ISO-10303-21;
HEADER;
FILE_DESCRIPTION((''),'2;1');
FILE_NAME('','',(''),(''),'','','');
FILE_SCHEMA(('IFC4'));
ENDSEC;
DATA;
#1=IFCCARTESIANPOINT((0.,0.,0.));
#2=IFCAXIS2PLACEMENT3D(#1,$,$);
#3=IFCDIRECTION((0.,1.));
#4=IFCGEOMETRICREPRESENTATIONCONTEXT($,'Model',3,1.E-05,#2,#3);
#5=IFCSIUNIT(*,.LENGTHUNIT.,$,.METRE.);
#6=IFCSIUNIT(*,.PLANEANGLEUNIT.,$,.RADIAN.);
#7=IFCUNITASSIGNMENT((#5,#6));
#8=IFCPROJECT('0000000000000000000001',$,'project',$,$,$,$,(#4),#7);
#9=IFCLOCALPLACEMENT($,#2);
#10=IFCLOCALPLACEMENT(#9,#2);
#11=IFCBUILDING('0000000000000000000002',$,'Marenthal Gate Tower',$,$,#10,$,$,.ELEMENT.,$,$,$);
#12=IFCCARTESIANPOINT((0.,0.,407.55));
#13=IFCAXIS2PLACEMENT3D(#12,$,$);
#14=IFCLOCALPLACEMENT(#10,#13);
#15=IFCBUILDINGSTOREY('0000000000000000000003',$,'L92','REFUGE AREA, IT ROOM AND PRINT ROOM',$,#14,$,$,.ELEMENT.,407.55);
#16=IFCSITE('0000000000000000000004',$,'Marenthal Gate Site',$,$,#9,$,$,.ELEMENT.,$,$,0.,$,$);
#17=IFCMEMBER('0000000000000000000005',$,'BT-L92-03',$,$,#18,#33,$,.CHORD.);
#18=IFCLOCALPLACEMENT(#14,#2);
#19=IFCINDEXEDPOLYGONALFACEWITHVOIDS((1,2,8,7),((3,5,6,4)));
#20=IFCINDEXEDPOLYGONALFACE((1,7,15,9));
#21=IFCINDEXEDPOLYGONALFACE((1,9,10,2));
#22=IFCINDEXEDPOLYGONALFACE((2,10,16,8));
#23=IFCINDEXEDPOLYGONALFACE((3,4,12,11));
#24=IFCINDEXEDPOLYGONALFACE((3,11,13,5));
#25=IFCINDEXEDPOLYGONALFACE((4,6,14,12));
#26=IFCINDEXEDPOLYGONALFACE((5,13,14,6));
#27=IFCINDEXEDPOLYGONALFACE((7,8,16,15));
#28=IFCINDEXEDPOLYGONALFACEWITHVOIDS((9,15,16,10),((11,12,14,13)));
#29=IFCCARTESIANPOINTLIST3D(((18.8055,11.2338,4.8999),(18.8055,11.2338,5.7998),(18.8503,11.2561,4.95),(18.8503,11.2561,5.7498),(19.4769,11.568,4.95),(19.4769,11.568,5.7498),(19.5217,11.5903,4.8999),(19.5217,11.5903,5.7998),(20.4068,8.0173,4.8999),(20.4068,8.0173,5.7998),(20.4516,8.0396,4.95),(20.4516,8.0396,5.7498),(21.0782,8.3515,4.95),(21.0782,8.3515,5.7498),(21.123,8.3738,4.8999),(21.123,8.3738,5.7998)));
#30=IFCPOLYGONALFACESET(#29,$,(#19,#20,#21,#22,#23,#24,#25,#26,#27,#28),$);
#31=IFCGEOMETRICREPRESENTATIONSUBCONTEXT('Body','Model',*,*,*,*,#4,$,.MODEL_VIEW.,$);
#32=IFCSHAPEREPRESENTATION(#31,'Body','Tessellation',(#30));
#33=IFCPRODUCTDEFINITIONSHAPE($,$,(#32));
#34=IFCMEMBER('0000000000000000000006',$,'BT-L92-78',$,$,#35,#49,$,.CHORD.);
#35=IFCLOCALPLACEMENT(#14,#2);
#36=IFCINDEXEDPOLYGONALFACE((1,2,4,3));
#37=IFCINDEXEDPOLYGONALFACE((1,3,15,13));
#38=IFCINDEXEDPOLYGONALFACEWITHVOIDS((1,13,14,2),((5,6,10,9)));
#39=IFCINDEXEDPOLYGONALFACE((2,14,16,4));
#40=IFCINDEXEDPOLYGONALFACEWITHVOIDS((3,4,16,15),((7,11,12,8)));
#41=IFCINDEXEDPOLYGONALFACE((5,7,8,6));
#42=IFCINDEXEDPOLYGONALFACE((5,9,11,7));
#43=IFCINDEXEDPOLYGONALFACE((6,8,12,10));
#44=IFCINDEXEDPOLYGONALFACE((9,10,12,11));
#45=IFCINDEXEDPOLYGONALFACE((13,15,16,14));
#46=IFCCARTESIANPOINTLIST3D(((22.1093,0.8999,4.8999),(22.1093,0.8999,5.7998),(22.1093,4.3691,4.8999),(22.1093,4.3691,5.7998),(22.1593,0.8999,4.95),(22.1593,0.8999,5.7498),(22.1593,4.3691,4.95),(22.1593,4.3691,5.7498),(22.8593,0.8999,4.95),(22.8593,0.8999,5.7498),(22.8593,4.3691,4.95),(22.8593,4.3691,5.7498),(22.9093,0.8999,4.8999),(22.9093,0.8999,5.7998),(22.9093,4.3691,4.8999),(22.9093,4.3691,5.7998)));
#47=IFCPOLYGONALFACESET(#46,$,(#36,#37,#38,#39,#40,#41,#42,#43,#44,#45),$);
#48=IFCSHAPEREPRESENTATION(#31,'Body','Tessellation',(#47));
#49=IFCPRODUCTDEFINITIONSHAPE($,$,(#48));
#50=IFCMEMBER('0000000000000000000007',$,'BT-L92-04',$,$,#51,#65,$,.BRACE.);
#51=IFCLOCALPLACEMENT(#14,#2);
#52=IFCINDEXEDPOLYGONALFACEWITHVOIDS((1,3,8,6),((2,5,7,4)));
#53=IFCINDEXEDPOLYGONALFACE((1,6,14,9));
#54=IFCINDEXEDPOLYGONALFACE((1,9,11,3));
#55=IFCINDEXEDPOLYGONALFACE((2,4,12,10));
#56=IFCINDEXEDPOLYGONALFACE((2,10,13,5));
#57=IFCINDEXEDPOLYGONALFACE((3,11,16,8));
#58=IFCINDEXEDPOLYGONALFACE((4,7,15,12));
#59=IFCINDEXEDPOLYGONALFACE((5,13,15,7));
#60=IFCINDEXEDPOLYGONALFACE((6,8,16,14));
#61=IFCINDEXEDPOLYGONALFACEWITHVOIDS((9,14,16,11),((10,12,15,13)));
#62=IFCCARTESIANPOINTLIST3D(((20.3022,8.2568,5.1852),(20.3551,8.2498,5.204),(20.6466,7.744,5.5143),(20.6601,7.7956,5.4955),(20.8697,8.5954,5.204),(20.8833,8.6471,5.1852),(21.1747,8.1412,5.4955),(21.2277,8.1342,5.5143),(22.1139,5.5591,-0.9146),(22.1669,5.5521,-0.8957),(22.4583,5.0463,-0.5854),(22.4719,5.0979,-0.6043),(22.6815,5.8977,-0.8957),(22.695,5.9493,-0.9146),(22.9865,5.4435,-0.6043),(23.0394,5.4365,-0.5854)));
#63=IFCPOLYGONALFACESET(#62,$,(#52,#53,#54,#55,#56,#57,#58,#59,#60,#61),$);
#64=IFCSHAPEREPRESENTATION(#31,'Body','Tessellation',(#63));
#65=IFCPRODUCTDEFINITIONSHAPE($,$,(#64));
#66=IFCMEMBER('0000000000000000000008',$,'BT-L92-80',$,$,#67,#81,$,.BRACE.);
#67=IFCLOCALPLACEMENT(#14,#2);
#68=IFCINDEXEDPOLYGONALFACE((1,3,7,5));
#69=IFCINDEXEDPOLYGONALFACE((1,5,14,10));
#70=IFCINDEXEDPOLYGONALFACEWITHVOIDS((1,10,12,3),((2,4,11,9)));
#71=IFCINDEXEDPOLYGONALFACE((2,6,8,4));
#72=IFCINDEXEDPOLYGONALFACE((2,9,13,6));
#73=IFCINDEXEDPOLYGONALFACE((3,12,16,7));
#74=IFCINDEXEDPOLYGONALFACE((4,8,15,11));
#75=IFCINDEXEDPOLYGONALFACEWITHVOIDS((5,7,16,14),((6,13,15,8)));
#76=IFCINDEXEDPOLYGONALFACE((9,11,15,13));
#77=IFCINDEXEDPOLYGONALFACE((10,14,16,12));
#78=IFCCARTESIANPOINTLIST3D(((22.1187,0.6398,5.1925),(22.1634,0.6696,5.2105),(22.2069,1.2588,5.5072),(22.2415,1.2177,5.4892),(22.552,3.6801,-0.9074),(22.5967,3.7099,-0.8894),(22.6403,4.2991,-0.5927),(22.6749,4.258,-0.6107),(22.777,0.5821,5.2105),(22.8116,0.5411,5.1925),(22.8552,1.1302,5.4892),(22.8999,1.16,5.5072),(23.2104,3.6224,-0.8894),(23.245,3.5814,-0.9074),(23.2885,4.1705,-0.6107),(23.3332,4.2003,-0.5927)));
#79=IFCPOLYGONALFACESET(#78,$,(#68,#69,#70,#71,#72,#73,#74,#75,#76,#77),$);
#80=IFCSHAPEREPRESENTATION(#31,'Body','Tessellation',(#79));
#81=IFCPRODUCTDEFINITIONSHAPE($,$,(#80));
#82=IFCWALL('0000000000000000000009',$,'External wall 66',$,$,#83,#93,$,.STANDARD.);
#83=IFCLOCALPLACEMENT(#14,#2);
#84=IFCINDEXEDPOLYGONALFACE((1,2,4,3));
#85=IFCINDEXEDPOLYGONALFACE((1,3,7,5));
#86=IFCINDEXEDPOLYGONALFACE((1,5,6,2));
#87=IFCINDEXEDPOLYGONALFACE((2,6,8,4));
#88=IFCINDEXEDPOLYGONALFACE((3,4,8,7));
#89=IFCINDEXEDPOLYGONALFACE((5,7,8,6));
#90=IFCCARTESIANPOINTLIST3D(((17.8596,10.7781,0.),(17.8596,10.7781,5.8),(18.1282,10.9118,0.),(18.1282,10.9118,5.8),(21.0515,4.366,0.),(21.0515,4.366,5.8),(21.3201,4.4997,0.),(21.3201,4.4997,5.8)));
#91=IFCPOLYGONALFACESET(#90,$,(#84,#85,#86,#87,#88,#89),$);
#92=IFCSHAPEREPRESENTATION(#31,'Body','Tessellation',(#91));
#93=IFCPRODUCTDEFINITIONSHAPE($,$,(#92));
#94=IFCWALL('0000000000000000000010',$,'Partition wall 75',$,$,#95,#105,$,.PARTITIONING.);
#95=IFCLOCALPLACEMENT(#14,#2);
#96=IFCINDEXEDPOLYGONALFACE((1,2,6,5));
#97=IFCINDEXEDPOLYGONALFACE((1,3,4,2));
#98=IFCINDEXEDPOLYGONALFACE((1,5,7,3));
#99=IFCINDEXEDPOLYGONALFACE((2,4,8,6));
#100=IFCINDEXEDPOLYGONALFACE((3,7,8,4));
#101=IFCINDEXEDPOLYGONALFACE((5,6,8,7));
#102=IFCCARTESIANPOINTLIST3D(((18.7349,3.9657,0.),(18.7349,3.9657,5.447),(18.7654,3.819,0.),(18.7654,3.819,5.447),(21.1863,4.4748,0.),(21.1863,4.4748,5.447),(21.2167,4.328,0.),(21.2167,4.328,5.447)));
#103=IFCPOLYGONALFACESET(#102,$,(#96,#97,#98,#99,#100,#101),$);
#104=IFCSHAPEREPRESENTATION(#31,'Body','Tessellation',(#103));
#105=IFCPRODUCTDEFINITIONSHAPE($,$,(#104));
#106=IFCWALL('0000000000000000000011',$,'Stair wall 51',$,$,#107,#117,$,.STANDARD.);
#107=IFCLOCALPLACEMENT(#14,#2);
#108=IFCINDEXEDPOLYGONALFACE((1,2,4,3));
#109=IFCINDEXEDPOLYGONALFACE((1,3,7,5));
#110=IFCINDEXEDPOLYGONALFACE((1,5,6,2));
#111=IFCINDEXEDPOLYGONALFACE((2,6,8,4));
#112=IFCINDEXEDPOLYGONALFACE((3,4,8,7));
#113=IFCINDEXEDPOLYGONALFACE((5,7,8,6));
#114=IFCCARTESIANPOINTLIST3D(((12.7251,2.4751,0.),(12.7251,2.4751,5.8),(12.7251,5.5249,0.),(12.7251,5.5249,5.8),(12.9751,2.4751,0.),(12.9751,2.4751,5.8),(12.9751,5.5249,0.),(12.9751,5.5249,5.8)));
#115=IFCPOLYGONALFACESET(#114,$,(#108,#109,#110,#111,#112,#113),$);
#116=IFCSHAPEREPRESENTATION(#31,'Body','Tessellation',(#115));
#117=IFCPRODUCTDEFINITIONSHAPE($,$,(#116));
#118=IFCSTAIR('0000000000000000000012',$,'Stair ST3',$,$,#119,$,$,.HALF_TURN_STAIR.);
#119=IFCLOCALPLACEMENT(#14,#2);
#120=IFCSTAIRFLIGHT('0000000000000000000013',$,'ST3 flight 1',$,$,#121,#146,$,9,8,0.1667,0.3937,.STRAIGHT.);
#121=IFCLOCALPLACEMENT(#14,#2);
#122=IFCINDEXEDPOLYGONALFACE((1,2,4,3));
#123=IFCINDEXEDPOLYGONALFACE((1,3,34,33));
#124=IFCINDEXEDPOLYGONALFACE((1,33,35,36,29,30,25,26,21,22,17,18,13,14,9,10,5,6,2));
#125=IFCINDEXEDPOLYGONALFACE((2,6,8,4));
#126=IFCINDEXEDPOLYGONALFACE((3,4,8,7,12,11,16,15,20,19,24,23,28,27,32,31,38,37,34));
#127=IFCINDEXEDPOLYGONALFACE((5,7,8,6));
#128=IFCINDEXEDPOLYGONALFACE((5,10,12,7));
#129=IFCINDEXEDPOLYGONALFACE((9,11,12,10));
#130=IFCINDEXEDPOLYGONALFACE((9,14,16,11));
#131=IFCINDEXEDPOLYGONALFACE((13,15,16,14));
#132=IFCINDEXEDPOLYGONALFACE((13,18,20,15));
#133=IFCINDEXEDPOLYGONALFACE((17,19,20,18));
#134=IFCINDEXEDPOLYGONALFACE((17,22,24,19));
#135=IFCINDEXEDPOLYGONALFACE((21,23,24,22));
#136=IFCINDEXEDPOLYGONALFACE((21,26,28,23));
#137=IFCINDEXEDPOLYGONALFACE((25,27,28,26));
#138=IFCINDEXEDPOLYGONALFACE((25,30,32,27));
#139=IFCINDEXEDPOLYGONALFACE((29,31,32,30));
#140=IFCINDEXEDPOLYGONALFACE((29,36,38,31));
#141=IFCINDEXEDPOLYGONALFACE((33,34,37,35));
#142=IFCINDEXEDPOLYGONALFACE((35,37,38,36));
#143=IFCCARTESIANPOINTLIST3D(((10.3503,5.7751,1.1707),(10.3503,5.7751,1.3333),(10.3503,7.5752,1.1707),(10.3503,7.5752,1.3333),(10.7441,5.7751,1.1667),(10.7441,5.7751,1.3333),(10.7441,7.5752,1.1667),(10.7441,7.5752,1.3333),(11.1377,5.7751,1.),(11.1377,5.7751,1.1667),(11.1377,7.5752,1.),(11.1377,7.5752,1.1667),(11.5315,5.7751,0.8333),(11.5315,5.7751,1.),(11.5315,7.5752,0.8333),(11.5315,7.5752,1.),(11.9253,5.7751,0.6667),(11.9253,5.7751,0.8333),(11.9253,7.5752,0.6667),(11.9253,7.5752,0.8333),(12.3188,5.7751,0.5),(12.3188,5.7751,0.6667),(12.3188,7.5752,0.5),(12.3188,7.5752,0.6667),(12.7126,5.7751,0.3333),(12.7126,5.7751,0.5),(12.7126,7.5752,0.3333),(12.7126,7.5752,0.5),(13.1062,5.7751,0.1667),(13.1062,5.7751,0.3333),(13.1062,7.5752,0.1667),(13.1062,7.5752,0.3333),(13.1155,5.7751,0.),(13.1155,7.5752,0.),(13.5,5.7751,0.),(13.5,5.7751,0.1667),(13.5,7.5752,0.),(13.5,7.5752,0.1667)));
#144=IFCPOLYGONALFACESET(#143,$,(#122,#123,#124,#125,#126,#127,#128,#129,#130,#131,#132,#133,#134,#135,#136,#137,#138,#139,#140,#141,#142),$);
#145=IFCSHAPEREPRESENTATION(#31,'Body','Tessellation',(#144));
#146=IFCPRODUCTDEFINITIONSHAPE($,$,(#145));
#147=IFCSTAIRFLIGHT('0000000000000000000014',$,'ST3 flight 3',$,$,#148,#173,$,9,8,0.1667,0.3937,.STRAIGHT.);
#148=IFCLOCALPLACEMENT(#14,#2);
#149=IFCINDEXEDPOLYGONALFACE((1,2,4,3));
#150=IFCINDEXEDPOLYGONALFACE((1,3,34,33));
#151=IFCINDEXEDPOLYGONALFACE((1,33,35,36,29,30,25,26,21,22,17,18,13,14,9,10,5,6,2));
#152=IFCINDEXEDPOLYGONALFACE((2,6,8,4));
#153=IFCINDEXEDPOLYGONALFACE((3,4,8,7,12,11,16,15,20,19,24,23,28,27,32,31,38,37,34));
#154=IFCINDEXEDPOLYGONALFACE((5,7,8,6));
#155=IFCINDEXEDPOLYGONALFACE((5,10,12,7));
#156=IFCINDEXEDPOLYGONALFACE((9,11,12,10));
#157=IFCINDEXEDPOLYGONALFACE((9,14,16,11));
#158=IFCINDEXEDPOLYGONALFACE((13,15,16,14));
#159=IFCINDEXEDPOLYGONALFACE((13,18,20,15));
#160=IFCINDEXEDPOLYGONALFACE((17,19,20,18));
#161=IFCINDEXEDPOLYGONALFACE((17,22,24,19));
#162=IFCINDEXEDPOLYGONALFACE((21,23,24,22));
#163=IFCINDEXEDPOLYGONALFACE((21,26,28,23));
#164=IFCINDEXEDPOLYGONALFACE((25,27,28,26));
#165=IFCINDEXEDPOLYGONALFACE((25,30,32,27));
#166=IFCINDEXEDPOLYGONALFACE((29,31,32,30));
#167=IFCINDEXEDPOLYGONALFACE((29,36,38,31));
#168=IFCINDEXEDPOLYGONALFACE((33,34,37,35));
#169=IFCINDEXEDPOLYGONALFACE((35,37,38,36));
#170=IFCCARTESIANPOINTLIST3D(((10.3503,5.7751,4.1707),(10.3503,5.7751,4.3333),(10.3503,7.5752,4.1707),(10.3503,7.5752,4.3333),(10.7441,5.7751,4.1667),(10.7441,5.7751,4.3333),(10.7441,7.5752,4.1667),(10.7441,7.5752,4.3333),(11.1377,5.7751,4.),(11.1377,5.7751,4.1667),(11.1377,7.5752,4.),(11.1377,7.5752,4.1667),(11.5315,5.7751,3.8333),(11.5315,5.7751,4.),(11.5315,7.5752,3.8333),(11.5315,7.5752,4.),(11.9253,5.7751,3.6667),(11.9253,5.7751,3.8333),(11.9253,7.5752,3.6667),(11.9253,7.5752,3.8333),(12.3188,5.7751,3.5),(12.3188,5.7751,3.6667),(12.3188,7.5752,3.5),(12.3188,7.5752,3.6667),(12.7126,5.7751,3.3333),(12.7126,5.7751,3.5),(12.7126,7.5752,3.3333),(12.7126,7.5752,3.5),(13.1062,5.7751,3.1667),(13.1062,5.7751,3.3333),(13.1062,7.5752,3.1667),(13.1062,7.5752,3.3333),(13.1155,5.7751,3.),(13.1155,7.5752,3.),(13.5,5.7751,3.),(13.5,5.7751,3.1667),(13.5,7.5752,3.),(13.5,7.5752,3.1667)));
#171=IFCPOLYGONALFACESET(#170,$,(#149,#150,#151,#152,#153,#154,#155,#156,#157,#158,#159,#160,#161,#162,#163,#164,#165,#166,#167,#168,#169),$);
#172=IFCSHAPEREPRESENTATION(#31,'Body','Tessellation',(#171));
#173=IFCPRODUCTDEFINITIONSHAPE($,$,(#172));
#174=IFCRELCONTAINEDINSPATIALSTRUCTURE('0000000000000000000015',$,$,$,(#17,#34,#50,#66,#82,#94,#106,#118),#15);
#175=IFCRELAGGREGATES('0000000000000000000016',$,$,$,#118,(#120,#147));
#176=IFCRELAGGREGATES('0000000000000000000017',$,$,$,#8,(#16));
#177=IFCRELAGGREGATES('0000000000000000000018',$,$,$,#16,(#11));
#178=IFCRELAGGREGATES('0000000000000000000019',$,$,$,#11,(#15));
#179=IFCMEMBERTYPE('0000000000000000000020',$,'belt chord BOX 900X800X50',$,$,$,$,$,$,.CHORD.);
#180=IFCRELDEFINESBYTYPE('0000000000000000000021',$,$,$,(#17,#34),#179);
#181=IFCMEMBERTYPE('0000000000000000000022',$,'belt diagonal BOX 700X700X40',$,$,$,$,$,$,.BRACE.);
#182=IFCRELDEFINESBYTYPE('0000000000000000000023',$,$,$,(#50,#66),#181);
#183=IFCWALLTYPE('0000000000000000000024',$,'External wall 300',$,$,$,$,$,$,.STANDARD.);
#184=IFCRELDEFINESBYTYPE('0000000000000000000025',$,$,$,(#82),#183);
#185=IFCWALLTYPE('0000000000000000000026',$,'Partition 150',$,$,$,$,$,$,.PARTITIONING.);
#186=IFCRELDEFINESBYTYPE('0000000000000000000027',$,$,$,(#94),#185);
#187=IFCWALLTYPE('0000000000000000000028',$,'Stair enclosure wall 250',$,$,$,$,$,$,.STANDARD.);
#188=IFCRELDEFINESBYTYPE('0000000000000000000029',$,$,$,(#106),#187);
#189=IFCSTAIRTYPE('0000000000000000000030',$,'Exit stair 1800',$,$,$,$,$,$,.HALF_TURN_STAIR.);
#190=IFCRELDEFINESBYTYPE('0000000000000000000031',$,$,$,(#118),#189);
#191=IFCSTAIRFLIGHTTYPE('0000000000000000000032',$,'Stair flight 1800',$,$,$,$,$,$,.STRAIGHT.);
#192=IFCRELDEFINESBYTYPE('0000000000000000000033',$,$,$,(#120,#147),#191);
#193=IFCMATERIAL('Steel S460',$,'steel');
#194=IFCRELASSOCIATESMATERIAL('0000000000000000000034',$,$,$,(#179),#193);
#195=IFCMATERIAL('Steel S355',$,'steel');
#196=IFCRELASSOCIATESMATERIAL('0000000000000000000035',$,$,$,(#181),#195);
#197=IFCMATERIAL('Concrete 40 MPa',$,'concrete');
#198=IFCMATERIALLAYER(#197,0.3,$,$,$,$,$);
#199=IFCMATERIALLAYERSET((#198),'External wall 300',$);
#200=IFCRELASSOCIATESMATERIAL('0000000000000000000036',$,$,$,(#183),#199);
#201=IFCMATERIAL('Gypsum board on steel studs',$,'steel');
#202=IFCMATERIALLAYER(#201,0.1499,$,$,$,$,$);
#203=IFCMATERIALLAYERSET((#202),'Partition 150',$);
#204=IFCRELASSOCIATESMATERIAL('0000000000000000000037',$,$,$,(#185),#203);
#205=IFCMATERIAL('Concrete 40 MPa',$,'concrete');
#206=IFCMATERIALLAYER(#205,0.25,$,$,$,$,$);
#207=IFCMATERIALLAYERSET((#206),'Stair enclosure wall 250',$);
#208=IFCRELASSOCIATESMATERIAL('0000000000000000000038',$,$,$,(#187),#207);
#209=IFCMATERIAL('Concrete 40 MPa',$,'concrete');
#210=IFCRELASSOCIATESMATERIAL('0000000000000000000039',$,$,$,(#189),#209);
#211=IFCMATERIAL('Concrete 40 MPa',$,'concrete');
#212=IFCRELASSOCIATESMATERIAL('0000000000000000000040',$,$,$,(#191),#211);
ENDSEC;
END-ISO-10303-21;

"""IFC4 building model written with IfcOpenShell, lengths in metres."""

from ifc_helpers import new_model, si_unit, direction, frame, frame_2d, origin, origin_2d, place, context, subcontext, project, spatial, polyline, rectangle, hollow_rectangle, outline, extrude, material, layer, layer_set, material_profile, profile_set, type_object, element, aggregate, save


model = new_model("IFC4")

# Units and contexts
model_context = context("Model", 3, precision=1e-05, world=origin(), true_north=direction((0.0, 1.0)))
body_context = subcontext(model_context, "Body", "Model", "MODEL_VIEW")
ifc_project = project(units=[si_unit("LENGTHUNIT", "METRE"), si_unit("PLANEANGLEUNIT", "RADIAN")], contexts=[model_context])

# Site, building, storey
site_placement = place(None, origin())
site = spatial("IfcSite", under=ifc_project, at=site_placement, Name="Marenthal Gate Site", CompositionType="ELEMENT", RefElevation=0.0)
building_placement = place(site_placement, origin())
building = spatial("IfcBuilding", under=site, at=building_placement, Name="Marenthal Gate Tower", CompositionType="ELEMENT")
storey_placement = place(building_placement, frame((0.0, 0.0, 407.55)))
storey = spatial("IfcBuildingStorey", under=building, at=storey_placement, Name="L92", Description="REFUGE AREA, IT ROOM AND PRINT ROOM", CompositionType="ELEMENT", Elevation=407.55)

# Members
ifc_material_1 = material(Name="Steel S460", Category="steel")
ifc_material_profile_1 = material_profile(ifc_material_1, hollow_rectangle(XDim=0.8, YDim=0.8999, WallThickness=0.05, at=origin_2d()), Name="BOX 900X800X50")
ifc_profile_set_1 = profile_set([ifc_material_profile_1], Name="Steel S460")
member_type_1 = type_object("IfcMemberType", Name="belt chord BOX 900X800X50", PredefinedType="CHORD", material=ifc_profile_set_1)
for number, where, z_axis, x_axis, name in (
    (1, (20.7649, 8.1956, 5.3499), (-0.445664, 0.8952, 0.0), (-0.8952, -0.445664, 0.0), "BT-L92-03"),
):
    element("IfcMember", number, at=place(storey_placement, frame(where, z_axis=z_axis, x_axis=x_axis)), inside=storey, type_object=member_type_1, Name=name, PredefinedType="CHORD", context=body_context, shape_type="SweptSolid", body=[
        extrude(hollow_rectangle(XDim=0.8, YDim=0.8999, WallThickness=0.05, at=origin_2d()), origin(), (0.0, 0.0, 1.0), 3.593),
    ])
member_1_placement = place(storey_placement, frame((22.5093, 0.8999, 5.3499), z_axis=(0.0, 1.0, 0.0), x_axis=(-1.0, 0.0, 0.0)))
element("IfcMember", 2, at=member_1_placement, inside=storey, type_object=member_type_1, Name="BT-L92-78", PredefinedType="CHORD", context=body_context, shape_type="SweptSolid", body=[
    extrude(hollow_rectangle(XDim=0.8, YDim=0.8999, WallThickness=0.05, at=origin_2d()), origin(), (0.0, 0.0, 1.0), 3.4692),
])
ifc_material_2 = material(Name="Steel S355", Category="steel")
ifc_material_profile_2 = material_profile(ifc_material_2, hollow_rectangle(XDim=0.7, YDim=0.7, WallThickness=0.04, at=origin_2d()), Name="BOX 700X700X40")
ifc_profile_set_2 = profile_set([ifc_material_profile_2], Name="Steel S355")
member_type_2 = type_object("IfcMemberType", Name="belt diagonal BOX 700X700X40", PredefinedType="BRACE", material=ifc_profile_set_2)
member_2_placement = place(storey_placement, frame((22.5767, 5.4978, -0.75), z_axis=(-0.262139, 0.390329, 0.882568), x_axis=(-0.830162, -0.557523, 0.0)))
element("IfcMember", 3, at=member_2_placement, inside=storey, type_object=member_type_2, Name="BT-L92-04", PredefinedType="BRACE", context=body_context, shape_type="SweptSolid", body=[
    extrude(hollow_rectangle(XDim=0.7, YDim=0.7, WallThickness=0.04, at=origin_2d()), origin(), (0.0, 0.0, 1.0), 6.9114),
])
member_3_placement = place(storey_placement, frame((22.5093, 0.8999, 5.3499), z_axis=(0.063454, 0.445182, -0.893189), x_axis=(-0.989994, 0.14111, 0.0)))
element("IfcMember", 4, at=member_3_placement, inside=storey, type_object=member_type_2, Name="BT-L92-80", PredefinedType="BRACE", context=body_context, shape_type="SweptSolid", body=[
    extrude(hollow_rectangle(XDim=0.7, YDim=0.7, WallThickness=0.04, at=origin_2d()), origin(), (0.0, 0.0, 1.0), 6.8293),
])

# Walls
ifc_material_3 = material(Name="Concrete 40 MPa", Category="concrete")
ifc_layer_1 = layer(ifc_material_3, 0.3)
ifc_layer_set_1 = layer_set([ifc_layer_1], Name="External wall 300")
wall_type_1 = type_object("IfcWallType", Name="External wall 300", PredefinedType="STANDARD", material=ifc_layer_set_1)
wall_1_placement = place(storey_placement, frame((21.1858, 4.4329, 0.0), z_axis=(0.0, 0.0, 1.0), x_axis=(-0.445631, 0.895217, 0.0)))
element("IfcWall", 5, at=wall_1_placement, inside=storey, type_object=wall_type_1, Name="External wall 66", PredefinedType="STANDARD", context=body_context, shape_type="SweptSolid", body=[
    extrude(rectangle(XDim=7.1626, YDim=0.3, at=frame_2d((3.5813, 0.0))), origin(), (0.0, 0.0, 1.0), 5.8),
])
ifc_material_4 = material(Name="Gypsum board on steel studs", Category="steel")
ifc_layer_2 = layer(ifc_material_4, 0.1499)
ifc_layer_set_2 = layer_set([ifc_layer_2], Name="Partition 150")
wall_type_2 = type_object("IfcWallType", Name="Partition 150", PredefinedType="PARTITIONING", material=ifc_layer_set_2)
wall_2_placement = place(storey_placement, frame((18.75, 3.8923, 0.0), z_axis=(0.0, 0.0, 1.0), x_axis=(0.979114, 0.203312, 0.0)))
element("IfcWall", 6, at=wall_2_placement, inside=storey, type_object=wall_type_2, Name="Partition wall 75", PredefinedType="PARTITIONING", context=body_context, shape_type="SweptSolid", body=[
    extrude(rectangle(XDim=2.5037, YDim=0.1499, at=frame_2d((1.252, 0.0))), origin(), (0.0, 0.0, 1.0), 5.447),
])
ifc_material_5 = material(Name="Concrete 40 MPa", Category="concrete")
ifc_layer_3 = layer(ifc_material_5, 0.25)
ifc_layer_set_3 = layer_set([ifc_layer_3], Name="Stair enclosure wall 250")
wall_type_3 = type_object("IfcWallType", Name="Stair enclosure wall 250", PredefinedType="STANDARD", material=ifc_layer_set_3)
wall_3_placement = place(storey_placement, frame((12.8501, 2.4751, 0.0), z_axis=(0.0, 0.0, 1.0), x_axis=(0.0, 1.0, 0.0)))
element("IfcWall", 7, at=wall_3_placement, inside=storey, type_object=wall_type_3, Name="Stair wall 51", PredefinedType="STANDARD", context=body_context, shape_type="SweptSolid", body=[
    extrude(rectangle(XDim=3.0498, YDim=0.25, at=frame_2d((1.5249, 0.0))), origin(), (0.0, 0.0, 1.0), 5.8),
])

# Stair, stair flights
ifc_material_6 = material(Name="Concrete 40 MPa", Category="concrete")
stair_type = type_object("IfcStairType", Name="Exit stair 1800", PredefinedType="HALF_TURN_STAIR", material=ifc_material_6)
stair_placement = place(storey_placement, origin())
stair = element("IfcStair", 8, at=stair_placement, inside=storey, type_object=stair_type, Name="Stair ST3", PredefinedType="HALF_TURN_STAIR")
ifc_material_7 = material(Name="Concrete 40 MPa", Category="concrete")
stair_flight_type = type_object("IfcStairFlightType", Name="Stair flight 1800", PredefinedType="STRAIGHT", material=ifc_material_7)
stair_flight_1_placement = place(storey_placement, frame((13.5, 6.675, 0.0), z_axis=(0.0, 0.0, 1.0), x_axis=(-1.0, 0.0, 0.0)))
stair_flight_1 = element("IfcStairFlight", 9, at=stair_flight_1_placement, type_object=stair_flight_type, Name="ST3 flight 1", NumberOfRisers=9, NumberOfTreads=8, PredefinedType="STRAIGHT", RiserHeight=0.1667, TreadLength=0.3937, context=body_context, shape_type="SweptSolid", body=[
    extrude(outline(polyline([(0.0, 0.0), (0.0, 0.1667), (0.3938, 0.1667), (0.3938, 0.3333), (0.7874, 0.3333), (0.7874, 0.5), (1.1812, 0.5), (1.1812, 0.6667), (1.5747, 0.6667), (1.5747, 0.8333), (1.9685, 0.8333), (1.9685, 1.0), (2.3623, 1.0), (2.3623, 1.1667), (2.7559, 1.1667), (2.7559, 1.3333), (3.1497, 1.3333), (3.1497, 1.5), (3.1497, 1.1707), (0.3845, 0.0), (0.0, 0.0)])), frame((0.0, 0.8999, 0.0), z_axis=(0.0, -1.0, 0.0), x_axis=(1.0, 0.0, 0.0)), (0.0, 0.0, 1.0), 1.8),
])
stair_flight_2_placement = place(storey_placement, frame((13.5, 6.675, 3.0), z_axis=(0.0, 0.0, 1.0), x_axis=(-1.0, 0.0, 0.0)))
stair_flight_2 = element("IfcStairFlight", 10, at=stair_flight_2_placement, type_object=stair_flight_type, Name="ST3 flight 3", NumberOfRisers=9, NumberOfTreads=8, PredefinedType="STRAIGHT", RiserHeight=0.1667, TreadLength=0.3937, context=body_context, shape_type="SweptSolid", body=[
    extrude(outline(polyline([(0.0, 0.0), (0.0, 0.1667), (0.3938, 0.1667), (0.3938, 0.3333), (0.7874, 0.3333), (0.7874, 0.5), (1.1812, 0.5), (1.1812, 0.6667), (1.5747, 0.6667), (1.5747, 0.8333), (1.9685, 0.8333), (1.9685, 1.0), (2.3623, 1.0), (2.3623, 1.1667), (2.7559, 1.1667), (2.7559, 1.3333), (3.1497, 1.3333), (3.1497, 1.5), (3.1497, 1.1707), (0.3845, 0.0), (0.0, 0.0)])), frame((0.0, 0.8999, 0.0), z_axis=(0.0, -1.0, 0.0), x_axis=(1.0, 0.0, 0.0)), (0.0, 0.0, 1.0), 1.8),
])
aggregate(stair, [stair_flight_1, stair_flight_2])

save(model, "model.ifc")
